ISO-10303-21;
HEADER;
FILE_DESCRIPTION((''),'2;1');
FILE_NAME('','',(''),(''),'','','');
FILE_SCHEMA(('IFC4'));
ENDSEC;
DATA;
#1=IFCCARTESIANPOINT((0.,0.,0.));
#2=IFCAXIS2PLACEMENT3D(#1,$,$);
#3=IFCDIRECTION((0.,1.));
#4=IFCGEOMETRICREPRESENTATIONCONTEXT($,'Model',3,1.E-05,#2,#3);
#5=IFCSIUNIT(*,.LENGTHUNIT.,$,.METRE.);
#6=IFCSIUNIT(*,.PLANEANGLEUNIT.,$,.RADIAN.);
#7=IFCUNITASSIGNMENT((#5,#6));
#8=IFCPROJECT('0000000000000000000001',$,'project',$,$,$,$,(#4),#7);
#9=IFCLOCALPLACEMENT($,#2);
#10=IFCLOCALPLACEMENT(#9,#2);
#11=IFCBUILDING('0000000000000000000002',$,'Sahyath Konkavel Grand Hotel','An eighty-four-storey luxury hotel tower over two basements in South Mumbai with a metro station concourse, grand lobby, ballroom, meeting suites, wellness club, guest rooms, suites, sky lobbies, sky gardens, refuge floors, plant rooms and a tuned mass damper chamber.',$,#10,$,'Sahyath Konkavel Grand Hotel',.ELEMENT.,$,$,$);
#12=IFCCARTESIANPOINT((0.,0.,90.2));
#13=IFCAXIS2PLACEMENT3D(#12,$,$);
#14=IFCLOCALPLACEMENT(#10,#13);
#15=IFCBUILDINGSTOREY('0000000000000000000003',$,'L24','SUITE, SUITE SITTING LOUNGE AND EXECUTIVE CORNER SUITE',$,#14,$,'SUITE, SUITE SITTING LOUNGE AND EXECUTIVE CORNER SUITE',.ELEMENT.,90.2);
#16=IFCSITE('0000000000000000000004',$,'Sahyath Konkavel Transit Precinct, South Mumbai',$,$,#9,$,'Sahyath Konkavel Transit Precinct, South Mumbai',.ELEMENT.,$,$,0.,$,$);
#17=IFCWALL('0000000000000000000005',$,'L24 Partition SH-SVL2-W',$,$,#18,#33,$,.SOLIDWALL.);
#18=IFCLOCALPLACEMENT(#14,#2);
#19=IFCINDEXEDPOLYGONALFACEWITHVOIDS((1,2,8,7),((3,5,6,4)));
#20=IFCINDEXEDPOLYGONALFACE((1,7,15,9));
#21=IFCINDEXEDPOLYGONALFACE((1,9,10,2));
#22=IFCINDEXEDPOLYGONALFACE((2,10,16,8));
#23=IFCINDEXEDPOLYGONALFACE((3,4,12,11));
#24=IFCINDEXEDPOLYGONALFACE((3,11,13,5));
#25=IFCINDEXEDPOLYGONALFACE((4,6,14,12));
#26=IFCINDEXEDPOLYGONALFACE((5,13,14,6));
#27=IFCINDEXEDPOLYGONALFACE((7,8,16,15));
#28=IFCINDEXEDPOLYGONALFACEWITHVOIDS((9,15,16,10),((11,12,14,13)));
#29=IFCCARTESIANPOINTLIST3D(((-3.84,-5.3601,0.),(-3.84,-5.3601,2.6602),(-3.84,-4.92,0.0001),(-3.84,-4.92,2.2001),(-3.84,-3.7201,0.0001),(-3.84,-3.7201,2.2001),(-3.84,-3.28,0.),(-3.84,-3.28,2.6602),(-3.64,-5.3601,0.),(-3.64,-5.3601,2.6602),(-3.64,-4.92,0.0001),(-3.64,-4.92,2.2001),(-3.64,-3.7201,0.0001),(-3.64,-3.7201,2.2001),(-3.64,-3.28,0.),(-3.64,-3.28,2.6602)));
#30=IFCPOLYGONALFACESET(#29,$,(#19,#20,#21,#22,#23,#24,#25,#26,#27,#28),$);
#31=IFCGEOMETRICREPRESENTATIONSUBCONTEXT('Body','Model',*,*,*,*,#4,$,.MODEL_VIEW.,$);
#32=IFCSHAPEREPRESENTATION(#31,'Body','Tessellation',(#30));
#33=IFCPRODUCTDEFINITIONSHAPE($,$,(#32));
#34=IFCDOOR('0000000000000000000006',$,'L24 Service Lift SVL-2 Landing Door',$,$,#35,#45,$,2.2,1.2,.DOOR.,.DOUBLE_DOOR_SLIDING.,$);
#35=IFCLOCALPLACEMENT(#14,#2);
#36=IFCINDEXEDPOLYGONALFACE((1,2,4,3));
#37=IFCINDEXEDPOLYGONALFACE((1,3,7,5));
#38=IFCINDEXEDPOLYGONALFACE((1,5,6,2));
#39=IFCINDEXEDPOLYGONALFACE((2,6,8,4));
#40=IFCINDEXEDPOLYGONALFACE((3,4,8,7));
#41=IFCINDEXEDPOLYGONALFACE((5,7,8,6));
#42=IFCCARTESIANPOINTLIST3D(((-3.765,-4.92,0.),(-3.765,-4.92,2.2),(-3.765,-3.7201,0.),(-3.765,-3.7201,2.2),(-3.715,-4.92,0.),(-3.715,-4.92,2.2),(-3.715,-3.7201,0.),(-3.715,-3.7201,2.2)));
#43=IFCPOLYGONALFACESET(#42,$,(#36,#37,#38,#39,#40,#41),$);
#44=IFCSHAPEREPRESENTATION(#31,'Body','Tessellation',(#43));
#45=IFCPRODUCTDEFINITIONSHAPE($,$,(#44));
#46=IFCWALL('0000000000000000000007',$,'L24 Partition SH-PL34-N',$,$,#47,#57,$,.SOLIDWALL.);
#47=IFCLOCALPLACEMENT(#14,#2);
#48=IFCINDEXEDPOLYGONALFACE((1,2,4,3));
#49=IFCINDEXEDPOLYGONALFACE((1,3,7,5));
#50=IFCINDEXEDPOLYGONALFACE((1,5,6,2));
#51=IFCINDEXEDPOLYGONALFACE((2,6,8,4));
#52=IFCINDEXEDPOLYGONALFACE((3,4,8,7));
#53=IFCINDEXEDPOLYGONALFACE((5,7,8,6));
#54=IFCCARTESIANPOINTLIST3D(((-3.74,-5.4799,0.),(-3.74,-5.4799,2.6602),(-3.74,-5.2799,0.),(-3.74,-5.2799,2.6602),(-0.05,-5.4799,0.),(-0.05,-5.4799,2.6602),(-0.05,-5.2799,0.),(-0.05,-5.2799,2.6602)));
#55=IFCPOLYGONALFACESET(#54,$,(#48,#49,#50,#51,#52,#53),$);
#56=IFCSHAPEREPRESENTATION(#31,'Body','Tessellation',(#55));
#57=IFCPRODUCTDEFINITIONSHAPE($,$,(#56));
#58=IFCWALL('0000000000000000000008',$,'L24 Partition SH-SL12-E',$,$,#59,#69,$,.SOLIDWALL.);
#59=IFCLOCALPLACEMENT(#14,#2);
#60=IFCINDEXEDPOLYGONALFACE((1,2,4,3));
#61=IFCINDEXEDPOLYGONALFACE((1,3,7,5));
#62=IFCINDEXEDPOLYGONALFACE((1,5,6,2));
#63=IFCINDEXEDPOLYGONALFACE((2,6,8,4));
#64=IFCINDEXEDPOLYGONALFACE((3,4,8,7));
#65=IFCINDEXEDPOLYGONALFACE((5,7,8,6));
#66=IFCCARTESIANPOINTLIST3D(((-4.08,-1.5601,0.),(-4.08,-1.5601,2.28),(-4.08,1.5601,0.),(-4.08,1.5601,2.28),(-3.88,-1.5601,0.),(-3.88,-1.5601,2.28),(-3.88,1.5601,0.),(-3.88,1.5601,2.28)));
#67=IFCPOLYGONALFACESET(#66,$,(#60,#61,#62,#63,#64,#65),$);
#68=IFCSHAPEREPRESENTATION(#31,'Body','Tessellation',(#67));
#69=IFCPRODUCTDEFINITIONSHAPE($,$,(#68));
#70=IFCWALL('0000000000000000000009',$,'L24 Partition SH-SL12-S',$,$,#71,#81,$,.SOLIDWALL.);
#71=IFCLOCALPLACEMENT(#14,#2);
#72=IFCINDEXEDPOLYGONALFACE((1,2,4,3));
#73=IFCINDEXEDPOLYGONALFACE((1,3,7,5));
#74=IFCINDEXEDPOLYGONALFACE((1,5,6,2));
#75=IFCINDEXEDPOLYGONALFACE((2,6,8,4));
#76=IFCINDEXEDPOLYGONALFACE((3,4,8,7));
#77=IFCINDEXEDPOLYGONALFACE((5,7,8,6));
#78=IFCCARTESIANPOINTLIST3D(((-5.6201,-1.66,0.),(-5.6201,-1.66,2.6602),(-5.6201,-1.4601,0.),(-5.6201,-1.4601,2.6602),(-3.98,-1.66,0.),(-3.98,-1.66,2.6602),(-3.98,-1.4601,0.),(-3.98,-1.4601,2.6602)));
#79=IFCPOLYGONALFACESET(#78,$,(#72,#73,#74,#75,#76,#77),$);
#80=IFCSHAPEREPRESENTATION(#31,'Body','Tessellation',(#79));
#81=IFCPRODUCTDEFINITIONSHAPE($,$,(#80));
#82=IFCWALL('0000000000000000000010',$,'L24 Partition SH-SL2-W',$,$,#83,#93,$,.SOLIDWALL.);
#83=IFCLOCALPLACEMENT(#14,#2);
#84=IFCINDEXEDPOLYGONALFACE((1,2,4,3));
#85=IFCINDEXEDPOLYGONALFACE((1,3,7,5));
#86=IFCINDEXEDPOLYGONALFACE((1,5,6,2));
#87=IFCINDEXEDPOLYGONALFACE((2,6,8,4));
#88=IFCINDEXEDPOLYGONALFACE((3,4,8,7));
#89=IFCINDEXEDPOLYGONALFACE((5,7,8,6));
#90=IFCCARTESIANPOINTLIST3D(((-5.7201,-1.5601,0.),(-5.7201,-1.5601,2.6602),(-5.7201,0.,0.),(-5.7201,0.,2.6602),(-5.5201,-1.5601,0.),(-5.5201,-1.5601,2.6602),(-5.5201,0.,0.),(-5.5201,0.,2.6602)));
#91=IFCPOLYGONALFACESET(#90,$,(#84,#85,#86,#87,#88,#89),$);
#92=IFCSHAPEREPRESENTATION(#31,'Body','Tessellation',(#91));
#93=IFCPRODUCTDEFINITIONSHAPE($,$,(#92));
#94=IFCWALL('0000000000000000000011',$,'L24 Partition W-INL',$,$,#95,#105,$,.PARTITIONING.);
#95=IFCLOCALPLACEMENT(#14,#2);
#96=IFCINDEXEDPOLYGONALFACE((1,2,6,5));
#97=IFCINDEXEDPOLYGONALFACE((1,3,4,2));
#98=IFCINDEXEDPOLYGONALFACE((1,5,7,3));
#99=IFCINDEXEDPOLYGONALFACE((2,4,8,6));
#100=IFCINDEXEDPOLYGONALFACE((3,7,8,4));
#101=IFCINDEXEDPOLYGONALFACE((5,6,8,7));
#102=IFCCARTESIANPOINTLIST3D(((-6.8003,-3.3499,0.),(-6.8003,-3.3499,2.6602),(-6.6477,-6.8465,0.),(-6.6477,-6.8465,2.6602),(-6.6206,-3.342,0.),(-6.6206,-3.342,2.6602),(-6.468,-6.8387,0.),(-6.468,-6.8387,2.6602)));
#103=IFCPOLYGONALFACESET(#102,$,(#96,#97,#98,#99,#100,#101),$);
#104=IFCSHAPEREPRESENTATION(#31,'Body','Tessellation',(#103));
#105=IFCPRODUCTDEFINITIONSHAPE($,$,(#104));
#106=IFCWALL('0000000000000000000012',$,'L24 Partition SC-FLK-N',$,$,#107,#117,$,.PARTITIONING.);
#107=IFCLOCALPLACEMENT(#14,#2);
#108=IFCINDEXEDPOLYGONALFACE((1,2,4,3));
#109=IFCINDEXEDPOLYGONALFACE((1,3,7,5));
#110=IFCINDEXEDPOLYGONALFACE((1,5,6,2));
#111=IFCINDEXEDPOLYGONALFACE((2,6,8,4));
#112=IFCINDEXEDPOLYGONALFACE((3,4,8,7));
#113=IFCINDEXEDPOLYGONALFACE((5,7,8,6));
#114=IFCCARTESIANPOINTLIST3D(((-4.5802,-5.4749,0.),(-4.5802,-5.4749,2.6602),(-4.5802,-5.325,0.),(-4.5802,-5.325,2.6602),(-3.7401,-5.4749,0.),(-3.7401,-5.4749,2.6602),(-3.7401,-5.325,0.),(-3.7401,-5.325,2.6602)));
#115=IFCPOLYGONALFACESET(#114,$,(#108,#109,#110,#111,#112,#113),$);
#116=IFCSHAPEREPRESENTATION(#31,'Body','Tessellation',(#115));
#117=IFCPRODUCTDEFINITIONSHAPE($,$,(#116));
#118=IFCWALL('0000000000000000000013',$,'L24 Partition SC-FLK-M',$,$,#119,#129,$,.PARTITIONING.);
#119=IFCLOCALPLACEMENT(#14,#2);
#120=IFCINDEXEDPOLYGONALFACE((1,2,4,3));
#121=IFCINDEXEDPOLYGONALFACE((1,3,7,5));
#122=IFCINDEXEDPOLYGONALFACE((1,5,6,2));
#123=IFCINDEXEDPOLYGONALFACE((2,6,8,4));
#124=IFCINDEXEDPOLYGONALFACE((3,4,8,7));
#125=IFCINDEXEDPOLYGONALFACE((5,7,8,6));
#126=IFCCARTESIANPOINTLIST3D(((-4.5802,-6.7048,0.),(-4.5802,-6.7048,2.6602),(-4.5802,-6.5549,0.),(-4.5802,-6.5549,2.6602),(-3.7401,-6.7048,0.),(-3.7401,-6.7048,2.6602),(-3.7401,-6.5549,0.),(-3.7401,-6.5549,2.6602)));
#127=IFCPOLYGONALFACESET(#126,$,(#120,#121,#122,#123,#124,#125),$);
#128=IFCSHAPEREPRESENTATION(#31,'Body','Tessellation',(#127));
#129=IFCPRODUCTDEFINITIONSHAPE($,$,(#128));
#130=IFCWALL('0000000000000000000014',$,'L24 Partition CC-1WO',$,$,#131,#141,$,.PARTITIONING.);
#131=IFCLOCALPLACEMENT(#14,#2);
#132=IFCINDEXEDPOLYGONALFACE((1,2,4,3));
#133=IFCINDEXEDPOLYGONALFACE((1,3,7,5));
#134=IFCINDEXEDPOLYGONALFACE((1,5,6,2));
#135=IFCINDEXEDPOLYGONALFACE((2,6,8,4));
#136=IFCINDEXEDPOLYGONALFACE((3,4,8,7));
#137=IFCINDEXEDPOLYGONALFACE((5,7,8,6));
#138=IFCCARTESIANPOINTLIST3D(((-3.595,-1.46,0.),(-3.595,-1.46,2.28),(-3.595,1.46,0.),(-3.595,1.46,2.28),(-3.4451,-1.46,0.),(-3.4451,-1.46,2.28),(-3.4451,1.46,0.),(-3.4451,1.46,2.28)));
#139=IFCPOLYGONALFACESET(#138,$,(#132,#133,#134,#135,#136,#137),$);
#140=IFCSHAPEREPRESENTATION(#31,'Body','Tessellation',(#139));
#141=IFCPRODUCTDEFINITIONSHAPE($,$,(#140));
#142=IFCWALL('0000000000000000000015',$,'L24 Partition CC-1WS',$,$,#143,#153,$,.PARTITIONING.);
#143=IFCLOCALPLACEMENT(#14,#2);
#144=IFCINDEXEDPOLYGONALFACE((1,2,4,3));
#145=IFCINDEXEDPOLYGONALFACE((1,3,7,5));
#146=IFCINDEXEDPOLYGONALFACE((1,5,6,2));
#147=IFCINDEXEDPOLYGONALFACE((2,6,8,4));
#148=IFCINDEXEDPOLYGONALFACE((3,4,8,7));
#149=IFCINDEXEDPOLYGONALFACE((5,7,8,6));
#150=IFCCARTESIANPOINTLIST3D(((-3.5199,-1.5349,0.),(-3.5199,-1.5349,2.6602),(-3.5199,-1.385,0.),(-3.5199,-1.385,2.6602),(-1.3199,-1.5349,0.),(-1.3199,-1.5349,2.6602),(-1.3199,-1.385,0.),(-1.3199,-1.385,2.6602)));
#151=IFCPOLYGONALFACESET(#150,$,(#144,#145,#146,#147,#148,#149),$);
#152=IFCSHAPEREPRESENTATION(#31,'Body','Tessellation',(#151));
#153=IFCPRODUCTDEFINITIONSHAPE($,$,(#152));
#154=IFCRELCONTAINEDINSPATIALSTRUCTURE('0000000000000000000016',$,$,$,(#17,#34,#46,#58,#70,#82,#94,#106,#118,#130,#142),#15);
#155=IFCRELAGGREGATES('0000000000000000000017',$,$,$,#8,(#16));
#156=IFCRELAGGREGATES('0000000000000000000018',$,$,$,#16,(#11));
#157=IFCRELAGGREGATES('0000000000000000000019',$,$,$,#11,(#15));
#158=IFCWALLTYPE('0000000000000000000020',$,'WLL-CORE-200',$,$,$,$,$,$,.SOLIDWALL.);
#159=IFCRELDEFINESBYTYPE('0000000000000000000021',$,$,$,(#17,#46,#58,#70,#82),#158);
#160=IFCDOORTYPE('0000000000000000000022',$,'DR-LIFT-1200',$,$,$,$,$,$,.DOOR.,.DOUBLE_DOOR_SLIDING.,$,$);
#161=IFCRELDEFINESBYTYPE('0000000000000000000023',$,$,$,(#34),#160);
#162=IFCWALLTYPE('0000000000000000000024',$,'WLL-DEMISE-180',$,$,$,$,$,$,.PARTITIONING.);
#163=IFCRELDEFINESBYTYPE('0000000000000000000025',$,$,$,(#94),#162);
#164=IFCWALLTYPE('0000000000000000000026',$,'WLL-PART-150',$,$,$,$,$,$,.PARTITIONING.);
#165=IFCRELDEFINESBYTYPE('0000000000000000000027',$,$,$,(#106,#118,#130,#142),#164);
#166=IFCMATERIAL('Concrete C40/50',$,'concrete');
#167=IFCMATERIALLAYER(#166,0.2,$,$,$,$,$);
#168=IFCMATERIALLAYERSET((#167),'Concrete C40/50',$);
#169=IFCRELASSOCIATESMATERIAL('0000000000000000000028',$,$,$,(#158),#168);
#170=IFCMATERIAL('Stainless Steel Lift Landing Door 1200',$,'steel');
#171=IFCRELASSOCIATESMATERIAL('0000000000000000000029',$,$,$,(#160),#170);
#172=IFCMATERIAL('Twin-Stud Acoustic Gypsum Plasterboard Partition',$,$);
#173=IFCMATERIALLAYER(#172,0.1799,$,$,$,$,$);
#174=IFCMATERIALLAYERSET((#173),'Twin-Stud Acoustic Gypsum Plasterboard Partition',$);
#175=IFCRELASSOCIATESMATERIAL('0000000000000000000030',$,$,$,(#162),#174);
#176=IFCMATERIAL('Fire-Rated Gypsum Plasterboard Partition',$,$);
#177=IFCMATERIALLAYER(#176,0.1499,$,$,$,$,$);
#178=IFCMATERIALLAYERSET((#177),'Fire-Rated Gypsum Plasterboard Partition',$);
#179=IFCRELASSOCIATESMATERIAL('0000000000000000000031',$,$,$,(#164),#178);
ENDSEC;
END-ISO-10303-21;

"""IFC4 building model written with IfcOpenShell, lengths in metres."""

from ifc_helpers import new_model, si_unit, direction, frame, frame_2d, origin, origin_2d, place, context, subcontext, project, spatial, rectangle, extrude, source, transform, mapped, material, layer, layer_set, type_object, element, fill, save


model = new_model("IFC4")

# Units and contexts
model_context = context("Model", 3, precision=1e-05, world=origin(), true_north=direction((0.0, 1.0)))
body_context = subcontext(model_context, "Body", "Model", "MODEL_VIEW")
ifc_project = project(units=[si_unit("LENGTHUNIT", "METRE"), si_unit("PLANEANGLEUNIT", "RADIAN")], contexts=[model_context])

# Site, building, storey
site_placement = place(None, origin())
site = spatial("IfcSite", under=ifc_project, at=site_placement, Name="Sahyath Konkavel Transit Precinct, South Mumbai", LongName="Sahyath Konkavel Transit Precinct, South Mumbai", CompositionType="ELEMENT", RefElevation=0.0)
building_placement = place(site_placement, origin())
building = spatial("IfcBuilding", under=site, at=building_placement, Name="Sahyath Konkavel Grand Hotel", Description="An eighty-four-storey luxury hotel tower over two basements in South Mumbai with a metro station concourse, grand lobby, ballroom, meeting suites, wellness club, guest rooms, suites, sky lobbies, sky gardens, refuge floors, plant rooms and a tuned mass damper chamber.", LongName="Sahyath Konkavel Grand Hotel", CompositionType="ELEMENT")
storey_placement = place(building_placement, frame((0.0, 0.0, 90.2)))
storey = spatial("IfcBuildingStorey", under=building, at=storey_placement, Name="L24", Description="SUITE, SUITE SITTING LOUNGE AND EXECUTIVE CORNER SUITE", LongName="SUITE, SUITE SITTING LOUNGE AND EXECUTIVE CORNER SUITE", CompositionType="ELEMENT", Elevation=90.2)

# Shared definitions
ifc_material_1 = material(Name="Concrete C40/50", Category="concrete")
ifc_layer_1 = layer(ifc_material_1, 0.2)
ifc_layer_set_1 = layer_set([ifc_layer_1], Name="Concrete C40/50")
wall_type_1 = type_object("IfcWallType", Name="WLL-CORE-200", PredefinedType="SOLIDWALL", material=ifc_layer_set_1)

# Wall, opening, door
wall_1_placement = place(storey_placement, frame((-3.74, -5.3601, 0.0), z_axis=(0.0, 0.0, 1.0), x_axis=(0.0, 1.0, 0.0)))
wall_1 = element("IfcWall", 1, at=wall_1_placement, inside=storey, type_object=wall_type_1, Name="L24 Partition SH-SVL2-W", PredefinedType="SOLIDWALL", context=body_context, shape_type="SweptSolid", body=[
    extrude(rectangle(XDim=2.0801, YDim=0.2, at=frame_2d((1.04, 0.0))), origin(), (0.0, 0.0, 1.0), 2.6602),
])
opening_1_placement = place(wall_1_placement, frame((0.4399, 0.0, 0.0)))
opening_1 = element("IfcOpeningElement", 2, at=opening_1_placement, cuts=wall_1, PredefinedType="OPENING", context=body_context, shape_type="SweptSolid", body=[
    extrude(rectangle(XDim=1.2, YDim=2.2, at=frame_2d((0.6001, 1.1001))), frame((0.0, 0.1099, 0.0), z_axis=(0.0, -1.0, 0.0), x_axis=(1.0, 0.0, 0.0)), (0.0, 0.0, 1.0), 0.22),
])
ifc_material_2 = material(Name="Stainless Steel Lift Landing Door 1200", Category="steel")
door_type_1 = type_object("IfcDoorType", Name="DR-LIFT-1200", OperationType="DOUBLE_DOOR_SLIDING", PredefinedType="DOOR", material=ifc_material_2)
shared_shape_1 = source(origin(), body_context, "Body", "SweptSolid", [
    extrude(rectangle(XDim=1.2, YDim=0.05, at=origin_2d()), origin(), (0.0, 0.0, 1.0), 2.2),
])
door_1_placement = place(opening_1_placement, frame((0.6001, 0.0, 0.0)))
door_1 = element("IfcDoor", 3, at=door_1_placement, inside=storey, type_object=door_type_1, Name="L24 Service Lift SVL-2 Landing Door", OperationType="DOUBLE_DOOR_SLIDING", OverallHeight=2.2, OverallWidth=1.2, PredefinedType="DOOR", context=body_context, shape_type="MappedRepresentation", body=[
    mapped(shared_shape_1, transform((0.0, 0.0, 0.0), scale=1.0)),
])
fill(opening_1, door_1)

# Walls
wall_2_placement = place(storey_placement, frame((-3.74, -5.3799, 0.0), z_axis=(0.0, 0.0, 1.0), x_axis=(1.0, 0.0, 0.0)))
element("IfcWall", 4, at=wall_2_placement, inside=storey, type_object=wall_type_1, Name="L24 Partition SH-PL34-N", PredefinedType="SOLIDWALL", context=body_context, shape_type="SweptSolid", body=[
    extrude(rectangle(XDim=3.6899, YDim=0.2, at=frame_2d((1.845, 0.0))), origin(), (0.0, 0.0, 1.0), 2.6602),
])
wall_3_placement = place(storey_placement, frame((-3.98, -1.5601, 0.0), z_axis=(0.0, 0.0, 1.0), x_axis=(0.0, 1.0, 0.0)))
element("IfcWall", 5, at=wall_3_placement, inside=storey, type_object=wall_type_1, Name="L24 Partition SH-SL12-E", PredefinedType="SOLIDWALL", context=body_context, shape_type="SweptSolid", body=[
    extrude(rectangle(XDim=3.1201, YDim=0.2, at=frame_2d((1.5601, 0.0))), origin(), (0.0, 0.0, 1.0), 2.28),
])
wall_4_placement = place(storey_placement, frame((-5.6201, -1.5601, 0.0), z_axis=(0.0, 0.0, 1.0), x_axis=(1.0, 0.0, 0.0)))
element("IfcWall", 6, at=wall_4_placement, inside=storey, type_object=wall_type_1, Name="L24 Partition SH-SL12-S", PredefinedType="SOLIDWALL", context=body_context, shape_type="SweptSolid", body=[
    extrude(rectangle(XDim=1.6401, YDim=0.2, at=frame_2d((0.8201, 0.0))), origin(), (0.0, 0.0, 1.0), 2.6602),
])
wall_5_placement = place(storey_placement, frame((-5.6201, -1.5601, 0.0), z_axis=(0.0, 0.0, 1.0), x_axis=(0.0, 1.0, 0.0)))
element("IfcWall", 7, at=wall_5_placement, inside=storey, type_object=wall_type_1, Name="L24 Partition SH-SL2-W", PredefinedType="SOLIDWALL", context=body_context, shape_type="SweptSolid", body=[
    extrude(rectangle(XDim=1.5601, YDim=0.2, at=frame_2d((0.78, 0.0))), origin(), (0.0, 0.0, 1.0), 2.6602),
])
ifc_material_3 = material(Name="Twin-Stud Acoustic Gypsum Plasterboard Partition")
ifc_layer_2 = layer(ifc_material_3, 0.1799)
ifc_layer_set_2 = layer_set([ifc_layer_2], Name="Twin-Stud Acoustic Gypsum Plasterboard Partition")
wall_type_2 = type_object("IfcWallType", Name="WLL-DEMISE-180", PredefinedType="PARTITIONING", material=ifc_layer_set_2)
wall_6_placement = place(storey_placement, frame((-6.7104, -3.3459, 0.0), z_axis=(0.0, 0.0, 1.0), x_axis=(0.043598, -0.999049, 0.0)))
element("IfcWall", 8, at=wall_6_placement, inside=storey, type_object=wall_type_2, Name="L24 Partition W-INL", PredefinedType="PARTITIONING", context=body_context, shape_type="SweptSolid", body=[
    extrude(rectangle(XDim=3.5, YDim=0.1799, at=frame_2d((1.75, 0.0))), origin(), (0.0, 0.0, 1.0), 2.6602),
])
ifc_material_4 = material(Name="Fire-Rated Gypsum Plasterboard Partition")
ifc_layer_3 = layer(ifc_material_4, 0.1499)
ifc_layer_set_3 = layer_set([ifc_layer_3], Name="Fire-Rated Gypsum Plasterboard Partition")
wall_type_3 = type_object("IfcWallType", Name="WLL-PART-150", PredefinedType="PARTITIONING", material=ifc_layer_set_3)
for number, where, z_axis, x_axis, name in (
    (9, (-4.5801, -5.3999, 0.0), (0.0, 0.0, 1.0), (1.0, 0.0, 0.0), "L24 Partition SC-FLK-N"),
    (10, (-4.5801, -6.6299, 0.0), (0.0, 0.0, 1.0), (1.0, 0.0, 0.0), "L24 Partition SC-FLK-M"),
):
    element("IfcWall", number, at=place(storey_placement, frame(where, z_axis=z_axis, x_axis=x_axis)), inside=storey, type_object=wall_type_3, Name=name, PredefinedType="PARTITIONING", context=body_context, shape_type="SweptSolid", body=[
        extrude(rectangle(XDim=0.8401, YDim=0.1499, at=frame_2d((0.4199, 0.0))), origin(), (0.0, 0.0, 1.0), 2.6602),
    ])
wall_7_placement = place(storey_placement, frame((-3.52, -1.46, 0.0), z_axis=(0.0, 0.0, 1.0), x_axis=(0.0, 1.0, 0.0)))
element("IfcWall", 11, at=wall_7_placement, inside=storey, type_object=wall_type_3, Name="L24 Partition CC-1WO", PredefinedType="PARTITIONING", context=body_context, shape_type="SweptSolid", body=[
    extrude(rectangle(XDim=2.9199, YDim=0.1499, at=frame_2d((1.46, 0.0))), origin(), (0.0, 0.0, 1.0), 2.28),
])
wall_8_placement = place(storey_placement, frame((-3.52, -1.46, 0.0), z_axis=(0.0, 0.0, 1.0), x_axis=(1.0, 0.0, 0.0)))
element("IfcWall", 12, at=wall_8_placement, inside=storey, type_object=wall_type_3, Name="L24 Partition CC-1WS", PredefinedType="PARTITIONING", context=body_context, shape_type="SweptSolid", body=[
    extrude(rectangle(XDim=2.2, YDim=0.1499, at=frame_2d((1.1001, 0.0))), origin(), (0.0, 0.0, 1.0), 2.6602),
])

save(model, "model.ifc")
